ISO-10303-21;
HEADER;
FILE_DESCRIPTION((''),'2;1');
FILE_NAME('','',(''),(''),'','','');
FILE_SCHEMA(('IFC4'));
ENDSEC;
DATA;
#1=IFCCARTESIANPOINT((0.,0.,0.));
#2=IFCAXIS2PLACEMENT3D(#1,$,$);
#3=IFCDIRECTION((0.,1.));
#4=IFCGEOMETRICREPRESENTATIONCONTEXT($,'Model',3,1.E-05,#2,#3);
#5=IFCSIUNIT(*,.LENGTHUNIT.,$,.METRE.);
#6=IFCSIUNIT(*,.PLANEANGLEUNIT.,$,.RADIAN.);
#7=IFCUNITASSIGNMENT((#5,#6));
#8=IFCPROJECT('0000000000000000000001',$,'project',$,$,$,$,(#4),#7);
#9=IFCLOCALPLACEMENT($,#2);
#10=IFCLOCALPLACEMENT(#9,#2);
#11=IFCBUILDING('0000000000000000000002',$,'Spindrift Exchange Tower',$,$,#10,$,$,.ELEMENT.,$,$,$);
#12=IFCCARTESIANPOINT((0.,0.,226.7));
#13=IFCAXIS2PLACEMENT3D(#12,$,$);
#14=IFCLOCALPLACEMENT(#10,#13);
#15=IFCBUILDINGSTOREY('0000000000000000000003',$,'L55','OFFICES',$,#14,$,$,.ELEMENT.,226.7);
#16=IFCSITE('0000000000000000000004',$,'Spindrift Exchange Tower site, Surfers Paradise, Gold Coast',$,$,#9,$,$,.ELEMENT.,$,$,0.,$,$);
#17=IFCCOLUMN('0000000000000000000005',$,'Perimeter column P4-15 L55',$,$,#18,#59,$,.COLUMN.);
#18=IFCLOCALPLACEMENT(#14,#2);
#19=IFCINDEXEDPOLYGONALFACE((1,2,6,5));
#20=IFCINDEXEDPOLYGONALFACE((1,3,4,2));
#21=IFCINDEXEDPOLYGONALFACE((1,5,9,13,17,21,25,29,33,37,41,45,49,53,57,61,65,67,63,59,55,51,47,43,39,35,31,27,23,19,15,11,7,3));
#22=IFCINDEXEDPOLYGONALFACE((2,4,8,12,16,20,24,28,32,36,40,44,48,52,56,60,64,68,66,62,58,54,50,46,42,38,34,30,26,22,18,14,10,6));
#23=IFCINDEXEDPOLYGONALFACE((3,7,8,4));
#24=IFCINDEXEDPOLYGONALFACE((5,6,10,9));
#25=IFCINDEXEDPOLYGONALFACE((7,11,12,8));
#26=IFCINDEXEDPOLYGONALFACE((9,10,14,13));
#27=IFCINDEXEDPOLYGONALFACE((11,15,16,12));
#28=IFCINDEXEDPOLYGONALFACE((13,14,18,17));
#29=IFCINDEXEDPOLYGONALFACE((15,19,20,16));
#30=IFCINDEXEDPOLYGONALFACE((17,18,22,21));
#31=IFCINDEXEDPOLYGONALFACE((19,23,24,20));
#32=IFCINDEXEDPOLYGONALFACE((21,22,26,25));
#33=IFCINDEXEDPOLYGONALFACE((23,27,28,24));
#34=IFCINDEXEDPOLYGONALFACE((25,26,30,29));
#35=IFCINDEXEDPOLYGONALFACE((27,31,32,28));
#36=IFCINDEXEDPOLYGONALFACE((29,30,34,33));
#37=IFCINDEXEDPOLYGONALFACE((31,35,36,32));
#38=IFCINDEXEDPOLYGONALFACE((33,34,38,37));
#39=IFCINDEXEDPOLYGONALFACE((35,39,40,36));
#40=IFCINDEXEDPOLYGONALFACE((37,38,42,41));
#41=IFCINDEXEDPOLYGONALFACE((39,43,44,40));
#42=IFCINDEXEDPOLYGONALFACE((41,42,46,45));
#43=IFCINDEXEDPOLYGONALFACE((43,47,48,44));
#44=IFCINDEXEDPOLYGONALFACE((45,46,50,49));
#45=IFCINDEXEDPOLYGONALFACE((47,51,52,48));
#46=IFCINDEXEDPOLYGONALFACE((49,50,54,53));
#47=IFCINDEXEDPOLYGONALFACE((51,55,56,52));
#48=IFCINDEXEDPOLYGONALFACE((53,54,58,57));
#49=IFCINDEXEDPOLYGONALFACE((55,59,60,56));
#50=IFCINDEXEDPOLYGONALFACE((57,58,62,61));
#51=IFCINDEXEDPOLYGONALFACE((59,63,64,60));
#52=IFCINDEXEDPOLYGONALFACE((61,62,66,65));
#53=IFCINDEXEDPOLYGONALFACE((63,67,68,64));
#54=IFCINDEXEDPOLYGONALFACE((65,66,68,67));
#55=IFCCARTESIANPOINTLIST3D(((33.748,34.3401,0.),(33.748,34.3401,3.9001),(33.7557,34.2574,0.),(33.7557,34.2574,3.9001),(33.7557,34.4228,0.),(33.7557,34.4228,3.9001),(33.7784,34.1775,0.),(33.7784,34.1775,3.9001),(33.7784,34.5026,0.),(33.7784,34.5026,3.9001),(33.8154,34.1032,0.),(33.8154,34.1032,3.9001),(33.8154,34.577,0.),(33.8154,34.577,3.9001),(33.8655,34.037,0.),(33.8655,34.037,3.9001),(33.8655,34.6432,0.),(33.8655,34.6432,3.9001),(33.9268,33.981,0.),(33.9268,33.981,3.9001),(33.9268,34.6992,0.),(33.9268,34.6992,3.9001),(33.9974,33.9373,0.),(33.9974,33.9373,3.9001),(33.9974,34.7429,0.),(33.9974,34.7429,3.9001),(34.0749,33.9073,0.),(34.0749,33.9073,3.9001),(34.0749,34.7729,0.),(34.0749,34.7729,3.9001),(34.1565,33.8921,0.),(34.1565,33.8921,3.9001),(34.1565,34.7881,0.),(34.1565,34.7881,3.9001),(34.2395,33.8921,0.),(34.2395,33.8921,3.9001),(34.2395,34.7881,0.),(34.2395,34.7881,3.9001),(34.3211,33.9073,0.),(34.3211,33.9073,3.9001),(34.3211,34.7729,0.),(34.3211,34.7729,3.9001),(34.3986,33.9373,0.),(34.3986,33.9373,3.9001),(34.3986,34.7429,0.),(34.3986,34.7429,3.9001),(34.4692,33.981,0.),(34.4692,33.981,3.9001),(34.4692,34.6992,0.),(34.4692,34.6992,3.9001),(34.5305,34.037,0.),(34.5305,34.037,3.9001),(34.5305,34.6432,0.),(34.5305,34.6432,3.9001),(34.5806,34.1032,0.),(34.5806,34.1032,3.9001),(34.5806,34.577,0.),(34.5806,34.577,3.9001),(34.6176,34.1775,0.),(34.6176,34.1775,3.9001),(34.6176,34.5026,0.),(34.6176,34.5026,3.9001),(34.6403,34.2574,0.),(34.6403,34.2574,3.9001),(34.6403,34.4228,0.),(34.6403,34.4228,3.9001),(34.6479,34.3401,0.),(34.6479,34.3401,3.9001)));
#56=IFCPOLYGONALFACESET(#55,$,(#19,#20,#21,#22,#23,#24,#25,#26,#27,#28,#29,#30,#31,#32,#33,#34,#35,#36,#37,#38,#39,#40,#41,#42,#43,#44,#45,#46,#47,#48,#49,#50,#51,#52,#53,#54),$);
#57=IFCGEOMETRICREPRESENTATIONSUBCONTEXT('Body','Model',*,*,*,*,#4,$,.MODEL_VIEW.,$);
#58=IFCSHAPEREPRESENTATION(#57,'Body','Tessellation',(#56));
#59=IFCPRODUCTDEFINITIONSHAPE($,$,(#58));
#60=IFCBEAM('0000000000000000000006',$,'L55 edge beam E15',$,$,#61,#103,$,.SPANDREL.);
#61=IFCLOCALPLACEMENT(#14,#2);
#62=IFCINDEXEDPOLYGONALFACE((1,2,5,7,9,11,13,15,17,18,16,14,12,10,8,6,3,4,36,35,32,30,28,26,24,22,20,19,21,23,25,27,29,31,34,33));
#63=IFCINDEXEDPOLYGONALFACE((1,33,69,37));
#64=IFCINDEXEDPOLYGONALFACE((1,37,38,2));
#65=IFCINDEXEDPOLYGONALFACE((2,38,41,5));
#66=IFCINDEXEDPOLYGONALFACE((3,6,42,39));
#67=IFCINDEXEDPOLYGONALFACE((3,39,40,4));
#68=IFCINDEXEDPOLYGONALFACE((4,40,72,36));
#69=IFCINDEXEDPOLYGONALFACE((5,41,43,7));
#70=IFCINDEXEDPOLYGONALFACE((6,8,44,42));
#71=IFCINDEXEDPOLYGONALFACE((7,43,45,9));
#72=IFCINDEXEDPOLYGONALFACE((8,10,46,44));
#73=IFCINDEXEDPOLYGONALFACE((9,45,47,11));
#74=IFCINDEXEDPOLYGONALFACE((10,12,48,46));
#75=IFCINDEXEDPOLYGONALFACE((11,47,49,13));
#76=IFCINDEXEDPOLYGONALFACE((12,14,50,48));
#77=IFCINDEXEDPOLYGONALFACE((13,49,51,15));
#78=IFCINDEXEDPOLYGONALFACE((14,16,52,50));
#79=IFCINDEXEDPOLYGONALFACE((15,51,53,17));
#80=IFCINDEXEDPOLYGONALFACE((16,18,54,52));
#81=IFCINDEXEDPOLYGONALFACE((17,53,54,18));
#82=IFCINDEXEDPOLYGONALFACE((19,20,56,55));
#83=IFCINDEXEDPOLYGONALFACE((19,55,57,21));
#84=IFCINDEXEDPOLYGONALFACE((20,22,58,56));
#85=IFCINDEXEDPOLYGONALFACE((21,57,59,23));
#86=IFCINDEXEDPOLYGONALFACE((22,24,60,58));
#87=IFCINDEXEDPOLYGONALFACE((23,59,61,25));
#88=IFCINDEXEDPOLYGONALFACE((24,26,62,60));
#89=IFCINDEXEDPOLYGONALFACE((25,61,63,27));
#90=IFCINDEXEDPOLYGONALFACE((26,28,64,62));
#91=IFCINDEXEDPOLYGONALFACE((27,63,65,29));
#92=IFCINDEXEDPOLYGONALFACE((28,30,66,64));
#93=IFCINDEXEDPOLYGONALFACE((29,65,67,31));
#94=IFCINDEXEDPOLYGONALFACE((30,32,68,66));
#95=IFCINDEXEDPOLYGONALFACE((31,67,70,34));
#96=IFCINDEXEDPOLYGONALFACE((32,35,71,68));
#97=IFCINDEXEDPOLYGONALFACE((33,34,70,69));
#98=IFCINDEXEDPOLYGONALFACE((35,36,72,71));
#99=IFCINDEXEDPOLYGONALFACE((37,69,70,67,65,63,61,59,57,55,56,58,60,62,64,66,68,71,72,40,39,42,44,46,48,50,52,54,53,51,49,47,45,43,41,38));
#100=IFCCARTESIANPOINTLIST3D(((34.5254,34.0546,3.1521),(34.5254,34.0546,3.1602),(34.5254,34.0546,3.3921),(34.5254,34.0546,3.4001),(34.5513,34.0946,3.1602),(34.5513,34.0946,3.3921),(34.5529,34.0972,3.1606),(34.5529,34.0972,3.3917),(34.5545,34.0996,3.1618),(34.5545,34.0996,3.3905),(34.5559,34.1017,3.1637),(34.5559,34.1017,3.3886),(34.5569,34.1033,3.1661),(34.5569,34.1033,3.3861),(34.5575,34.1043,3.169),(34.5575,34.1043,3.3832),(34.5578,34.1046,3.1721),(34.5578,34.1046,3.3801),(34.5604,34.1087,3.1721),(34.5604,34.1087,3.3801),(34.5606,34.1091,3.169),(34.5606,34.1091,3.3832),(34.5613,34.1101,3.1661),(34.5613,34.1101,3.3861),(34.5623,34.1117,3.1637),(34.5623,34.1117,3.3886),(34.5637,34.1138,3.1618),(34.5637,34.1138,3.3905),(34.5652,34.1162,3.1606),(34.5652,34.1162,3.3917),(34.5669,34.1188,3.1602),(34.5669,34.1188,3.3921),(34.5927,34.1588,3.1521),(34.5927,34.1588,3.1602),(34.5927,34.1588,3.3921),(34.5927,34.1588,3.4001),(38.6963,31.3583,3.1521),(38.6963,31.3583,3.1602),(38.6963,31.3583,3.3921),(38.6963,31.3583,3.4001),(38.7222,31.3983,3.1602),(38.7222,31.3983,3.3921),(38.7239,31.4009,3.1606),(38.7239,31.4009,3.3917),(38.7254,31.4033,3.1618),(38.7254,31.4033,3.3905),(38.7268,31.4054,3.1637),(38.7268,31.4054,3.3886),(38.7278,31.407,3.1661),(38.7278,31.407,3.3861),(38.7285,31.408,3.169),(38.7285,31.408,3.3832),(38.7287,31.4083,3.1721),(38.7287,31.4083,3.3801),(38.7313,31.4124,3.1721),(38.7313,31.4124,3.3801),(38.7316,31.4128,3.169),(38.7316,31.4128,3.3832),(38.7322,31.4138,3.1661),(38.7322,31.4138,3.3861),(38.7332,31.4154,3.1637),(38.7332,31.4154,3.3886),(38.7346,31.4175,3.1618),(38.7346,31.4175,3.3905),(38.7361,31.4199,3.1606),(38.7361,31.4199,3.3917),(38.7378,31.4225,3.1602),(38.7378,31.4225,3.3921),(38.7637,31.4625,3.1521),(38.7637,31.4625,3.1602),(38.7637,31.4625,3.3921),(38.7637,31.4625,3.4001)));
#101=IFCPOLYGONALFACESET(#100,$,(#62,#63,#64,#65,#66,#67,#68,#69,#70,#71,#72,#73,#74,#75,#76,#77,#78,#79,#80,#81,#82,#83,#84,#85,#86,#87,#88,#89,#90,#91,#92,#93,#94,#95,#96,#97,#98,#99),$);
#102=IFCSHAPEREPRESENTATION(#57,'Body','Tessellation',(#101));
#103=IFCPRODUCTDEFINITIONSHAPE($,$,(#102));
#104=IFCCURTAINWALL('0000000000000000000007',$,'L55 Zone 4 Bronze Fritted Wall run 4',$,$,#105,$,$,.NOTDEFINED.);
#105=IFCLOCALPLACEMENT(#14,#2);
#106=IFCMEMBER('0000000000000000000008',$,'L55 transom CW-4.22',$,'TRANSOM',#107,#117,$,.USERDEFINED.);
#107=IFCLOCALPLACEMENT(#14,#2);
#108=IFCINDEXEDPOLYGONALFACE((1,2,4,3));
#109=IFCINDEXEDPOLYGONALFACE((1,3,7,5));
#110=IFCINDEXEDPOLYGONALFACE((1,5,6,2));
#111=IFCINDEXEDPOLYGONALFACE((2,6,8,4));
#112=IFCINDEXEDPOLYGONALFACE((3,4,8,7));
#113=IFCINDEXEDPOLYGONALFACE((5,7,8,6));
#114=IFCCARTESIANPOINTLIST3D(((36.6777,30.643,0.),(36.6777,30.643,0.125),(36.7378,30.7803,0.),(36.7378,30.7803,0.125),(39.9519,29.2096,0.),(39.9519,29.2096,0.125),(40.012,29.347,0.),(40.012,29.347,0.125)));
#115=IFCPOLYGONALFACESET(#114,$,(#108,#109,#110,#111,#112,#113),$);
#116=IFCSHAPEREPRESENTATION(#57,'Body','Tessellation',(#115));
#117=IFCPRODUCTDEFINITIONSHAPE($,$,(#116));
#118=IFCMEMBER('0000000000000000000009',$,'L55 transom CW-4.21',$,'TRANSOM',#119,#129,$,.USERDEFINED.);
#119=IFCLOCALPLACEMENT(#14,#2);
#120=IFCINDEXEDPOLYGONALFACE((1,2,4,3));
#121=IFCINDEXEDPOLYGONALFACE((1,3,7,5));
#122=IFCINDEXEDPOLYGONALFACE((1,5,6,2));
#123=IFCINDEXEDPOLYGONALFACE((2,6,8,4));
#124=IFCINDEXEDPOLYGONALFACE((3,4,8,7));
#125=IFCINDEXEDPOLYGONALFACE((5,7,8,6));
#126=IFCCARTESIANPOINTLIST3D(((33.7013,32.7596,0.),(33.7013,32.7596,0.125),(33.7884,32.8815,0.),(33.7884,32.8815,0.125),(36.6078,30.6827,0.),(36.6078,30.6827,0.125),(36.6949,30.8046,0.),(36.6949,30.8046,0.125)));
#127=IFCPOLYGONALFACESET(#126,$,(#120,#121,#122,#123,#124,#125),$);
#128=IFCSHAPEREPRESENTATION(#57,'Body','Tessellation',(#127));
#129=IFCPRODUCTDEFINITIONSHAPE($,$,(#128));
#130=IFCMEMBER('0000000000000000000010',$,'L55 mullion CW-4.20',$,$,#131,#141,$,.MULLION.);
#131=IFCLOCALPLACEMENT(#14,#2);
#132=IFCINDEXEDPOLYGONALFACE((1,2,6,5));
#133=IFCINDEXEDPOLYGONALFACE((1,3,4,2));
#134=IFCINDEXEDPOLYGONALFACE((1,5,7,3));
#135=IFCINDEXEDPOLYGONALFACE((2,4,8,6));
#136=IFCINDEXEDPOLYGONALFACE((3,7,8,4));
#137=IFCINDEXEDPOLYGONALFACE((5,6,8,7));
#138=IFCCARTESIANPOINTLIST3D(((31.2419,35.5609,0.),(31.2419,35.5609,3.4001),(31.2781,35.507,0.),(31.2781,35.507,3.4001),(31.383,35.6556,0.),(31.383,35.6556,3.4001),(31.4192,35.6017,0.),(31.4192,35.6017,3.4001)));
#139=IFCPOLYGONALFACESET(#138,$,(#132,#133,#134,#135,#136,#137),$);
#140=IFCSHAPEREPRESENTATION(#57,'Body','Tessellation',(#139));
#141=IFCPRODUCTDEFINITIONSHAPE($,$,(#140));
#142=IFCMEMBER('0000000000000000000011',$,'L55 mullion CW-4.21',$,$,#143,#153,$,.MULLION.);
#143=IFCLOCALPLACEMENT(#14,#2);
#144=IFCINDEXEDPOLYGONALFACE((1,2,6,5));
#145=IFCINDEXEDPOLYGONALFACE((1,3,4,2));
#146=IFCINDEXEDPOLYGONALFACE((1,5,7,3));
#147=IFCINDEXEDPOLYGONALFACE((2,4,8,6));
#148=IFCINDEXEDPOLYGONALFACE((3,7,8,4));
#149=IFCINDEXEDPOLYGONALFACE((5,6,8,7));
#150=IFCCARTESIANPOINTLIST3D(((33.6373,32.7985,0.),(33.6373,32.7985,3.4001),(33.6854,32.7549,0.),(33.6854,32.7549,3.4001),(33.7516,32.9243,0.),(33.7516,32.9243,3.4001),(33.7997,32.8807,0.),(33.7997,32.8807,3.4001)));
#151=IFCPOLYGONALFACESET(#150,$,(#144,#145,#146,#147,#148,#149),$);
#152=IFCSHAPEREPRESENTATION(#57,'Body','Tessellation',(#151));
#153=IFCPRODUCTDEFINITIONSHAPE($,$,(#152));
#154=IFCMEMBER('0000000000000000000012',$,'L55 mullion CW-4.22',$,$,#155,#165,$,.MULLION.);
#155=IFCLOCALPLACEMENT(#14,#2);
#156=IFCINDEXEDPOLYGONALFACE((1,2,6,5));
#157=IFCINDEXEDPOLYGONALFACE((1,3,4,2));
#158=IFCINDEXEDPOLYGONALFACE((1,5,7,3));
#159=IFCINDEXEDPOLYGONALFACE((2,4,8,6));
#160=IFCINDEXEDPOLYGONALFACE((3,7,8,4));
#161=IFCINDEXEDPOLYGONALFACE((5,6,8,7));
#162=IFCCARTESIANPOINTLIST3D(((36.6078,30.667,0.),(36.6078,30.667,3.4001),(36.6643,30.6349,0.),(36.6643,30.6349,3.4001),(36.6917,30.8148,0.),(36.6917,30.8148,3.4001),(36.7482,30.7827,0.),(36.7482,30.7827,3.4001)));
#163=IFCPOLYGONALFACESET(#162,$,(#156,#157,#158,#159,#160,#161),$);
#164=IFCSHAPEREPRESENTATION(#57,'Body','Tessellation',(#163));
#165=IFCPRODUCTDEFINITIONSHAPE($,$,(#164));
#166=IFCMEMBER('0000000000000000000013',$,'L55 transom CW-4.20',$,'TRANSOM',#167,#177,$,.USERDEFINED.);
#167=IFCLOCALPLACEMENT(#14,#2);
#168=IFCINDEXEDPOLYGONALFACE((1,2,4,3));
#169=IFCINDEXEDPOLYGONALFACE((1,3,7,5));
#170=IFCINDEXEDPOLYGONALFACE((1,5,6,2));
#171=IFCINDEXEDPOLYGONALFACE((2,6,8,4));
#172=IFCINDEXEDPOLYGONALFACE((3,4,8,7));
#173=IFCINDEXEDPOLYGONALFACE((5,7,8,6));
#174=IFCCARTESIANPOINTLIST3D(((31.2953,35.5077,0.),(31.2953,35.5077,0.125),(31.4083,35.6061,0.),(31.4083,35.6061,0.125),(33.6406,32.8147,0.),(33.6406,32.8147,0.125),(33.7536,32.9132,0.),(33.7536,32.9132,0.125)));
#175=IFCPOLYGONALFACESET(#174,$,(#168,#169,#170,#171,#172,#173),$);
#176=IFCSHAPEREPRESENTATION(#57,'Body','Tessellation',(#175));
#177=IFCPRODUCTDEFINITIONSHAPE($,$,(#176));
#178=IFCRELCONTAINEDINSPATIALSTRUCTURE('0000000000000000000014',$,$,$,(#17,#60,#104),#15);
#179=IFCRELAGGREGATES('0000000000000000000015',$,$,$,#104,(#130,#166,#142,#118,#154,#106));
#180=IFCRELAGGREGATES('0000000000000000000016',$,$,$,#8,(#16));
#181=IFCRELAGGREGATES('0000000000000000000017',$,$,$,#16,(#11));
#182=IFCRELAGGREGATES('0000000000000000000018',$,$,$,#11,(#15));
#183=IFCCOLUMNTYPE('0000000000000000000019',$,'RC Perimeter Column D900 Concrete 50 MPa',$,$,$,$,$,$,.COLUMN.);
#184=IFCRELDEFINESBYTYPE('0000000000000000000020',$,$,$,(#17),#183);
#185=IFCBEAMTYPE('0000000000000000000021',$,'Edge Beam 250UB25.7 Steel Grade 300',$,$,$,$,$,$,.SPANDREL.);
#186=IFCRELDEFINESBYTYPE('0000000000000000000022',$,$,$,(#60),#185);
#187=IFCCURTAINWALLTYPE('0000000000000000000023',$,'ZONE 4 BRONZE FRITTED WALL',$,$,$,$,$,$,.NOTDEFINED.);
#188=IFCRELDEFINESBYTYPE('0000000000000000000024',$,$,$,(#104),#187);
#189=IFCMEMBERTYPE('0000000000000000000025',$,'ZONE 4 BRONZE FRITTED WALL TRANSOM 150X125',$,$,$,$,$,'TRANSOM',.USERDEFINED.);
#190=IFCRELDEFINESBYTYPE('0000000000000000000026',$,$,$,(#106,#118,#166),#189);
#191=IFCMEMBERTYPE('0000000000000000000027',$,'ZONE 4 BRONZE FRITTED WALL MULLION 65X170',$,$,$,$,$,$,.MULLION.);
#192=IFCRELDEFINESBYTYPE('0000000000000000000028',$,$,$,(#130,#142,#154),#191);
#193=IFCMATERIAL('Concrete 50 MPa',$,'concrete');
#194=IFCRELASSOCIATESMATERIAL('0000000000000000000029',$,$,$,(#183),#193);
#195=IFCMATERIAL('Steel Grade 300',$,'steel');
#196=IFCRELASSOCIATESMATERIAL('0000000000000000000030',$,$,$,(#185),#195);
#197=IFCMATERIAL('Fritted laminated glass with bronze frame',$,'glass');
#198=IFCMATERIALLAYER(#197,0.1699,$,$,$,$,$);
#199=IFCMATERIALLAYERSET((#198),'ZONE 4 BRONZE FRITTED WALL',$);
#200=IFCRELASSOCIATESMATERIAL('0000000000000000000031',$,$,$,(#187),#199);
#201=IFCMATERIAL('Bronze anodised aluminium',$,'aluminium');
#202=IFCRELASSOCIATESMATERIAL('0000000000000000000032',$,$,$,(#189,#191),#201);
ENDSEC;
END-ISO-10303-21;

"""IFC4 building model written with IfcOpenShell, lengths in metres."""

from ifc_helpers import new_model, si_unit, direction, frame, origin, origin_2d, place, context, subcontext, project, spatial, rectangle, circle, i_section, extrude, source, transform, mapped, material, layer, layer_set, material_profile, profile_set, type_object, element, aggregate, save


model = new_model("IFC4")

# Units and contexts
model_context = context("Model", 3, precision=1e-05, world=origin(), true_north=direction((0.0, 1.0)))
body_context = subcontext(model_context, "Body", "Model", "MODEL_VIEW")
ifc_project = project(units=[si_unit("LENGTHUNIT", "METRE"), si_unit("PLANEANGLEUNIT", "RADIAN")], contexts=[model_context])

# Site, building, storey
site_placement = place(None, origin())
site = spatial("IfcSite", under=ifc_project, at=site_placement, Name="Spindrift Exchange Tower site, Surfers Paradise, Gold Coast", CompositionType="ELEMENT", RefElevation=0.0)
building_placement = place(site_placement, origin())
building = spatial("IfcBuilding", under=site, at=building_placement, Name="Spindrift Exchange Tower", CompositionType="ELEMENT")
storey_placement = place(building_placement, frame((0.0, 0.0, 226.7)))
storey = spatial("IfcBuildingStorey", under=building, at=storey_placement, Name="L55", Description="OFFICES", CompositionType="ELEMENT", Elevation=226.7)

# Column
ifc_material_1 = material(Name="Concrete 50 MPa", Category="concrete")
ifc_material_profile_1 = material_profile(ifc_material_1, circle(Radius=0.45, at=origin_2d()), Name="RC D900")
ifc_profile_set_1 = profile_set([ifc_material_profile_1], Name="Concrete 50 MPa")
column_type = type_object("IfcColumnType", Name="RC Perimeter Column D900 Concrete 50 MPa", PredefinedType="COLUMN", material=ifc_profile_set_1)
shared_shape_1 = source(origin(), body_context, "Body", "SweptSolid", [
    extrude(circle(Radius=0.45, at=origin_2d()), origin(), (0.0, 0.0, 1.0), 3.9001),
])
column_placement = place(storey_placement, frame((34.198, 34.3401, 0.0), z_axis=(0.0, 0.0, 1.0), x_axis=(1.0, 0.0, 0.0)))
element("IfcColumn", 1, at=column_placement, inside=storey, type_object=column_type, Name="Perimeter column P4-15 L55", PredefinedType="COLUMN", context=body_context, shape_type="MappedRepresentation", body=[
    mapped(shared_shape_1, transform((0.0, 0.0, 0.0), scale=1.0)),
])

# Beam
ifc_material_2 = material(Name="Steel Grade 300", Category="steel")
ifc_material_profile_2 = material_profile(ifc_material_2, i_section(OverallWidth=0.124, OverallDepth=0.248, WebThickness=0.0049, FlangeThickness=0.0081, FilletRadius=0.012, at=origin_2d()), Name="250UB25.7")
ifc_profile_set_2 = profile_set([ifc_material_profile_2], Name="Steel Grade 300")
beam_type = type_object("IfcBeamType", Name="Edge Beam 250UB25.7 Steel Grade 300", PredefinedType="SPANDREL", material=ifc_profile_set_2)
shared_shape_2 = source(origin(), body_context, "Body", "SweptSolid", [
    extrude(i_section(OverallWidth=0.124, OverallDepth=0.248, WebThickness=0.0049, FlangeThickness=0.0081, FilletRadius=0.012, at=origin_2d()), origin(), (0.0, 0.0, 1.0), 4.9666),
])
beam_placement = place(storey_placement, frame((34.5591, 34.1067, 3.2761), z_axis=(0.839802, -0.542893, 0.0), x_axis=(0.542893, 0.839802, 0.0)))
element("IfcBeam", 2, at=beam_placement, inside=storey, type_object=beam_type, Name="L55 edge beam E15", PredefinedType="SPANDREL", context=body_context, shape_type="MappedRepresentation", body=[
    mapped(shared_shape_2, transform((0.0, 0.0, 0.0), scale=1.0)),
])

# Curtain wall, members
ifc_material_3 = material(Name="Fritted laminated glass with bronze frame", Category="glass")
ifc_layer_1 = layer(ifc_material_3, 0.1699)
ifc_layer_set_1 = layer_set([ifc_layer_1], Name="ZONE 4 BRONZE FRITTED WALL")
curtain_wall_type = type_object("IfcCurtainWallType", Name="ZONE 4 BRONZE FRITTED WALL", PredefinedType="NOTDEFINED", material=ifc_layer_set_1)
curtain_wall_placement = place(storey_placement, origin())
curtain_wall = element("IfcCurtainWall", 3, at=curtain_wall_placement, inside=storey, type_object=curtain_wall_type, Name="L55 Zone 4 Bronze Fritted Wall run 4", PredefinedType="NOTDEFINED")
ifc_material_4 = material(Name="Bronze anodised aluminium", Category="aluminium")
ifc_material_profile_3 = material_profile(ifc_material_4, rectangle(XDim=0.1499, YDim=0.125, at=origin_2d()), Name="ZONE 4 BRONZE FRITTED WALL TRANSOM 150X125")
ifc_profile_set_3 = profile_set([ifc_material_profile_3], Name="Bronze anodised aluminium")
member_type_1 = type_object("IfcMemberType", Name="ZONE 4 BRONZE FRITTED WALL TRANSOM 150X125", ElementType="TRANSOM", PredefinedType="USERDEFINED", material=ifc_profile_set_3)
shared_shape_3 = source(origin(), body_context, "Body", "SweptSolid", [
    extrude(rectangle(XDim=0.1499, YDim=0.125, at=origin_2d()), origin(), (0.0, 0.0, 1.0), 3.5742),
])
member_1_placement = place(storey_placement, frame((36.7078, 30.7117, 0.0625), z_axis=(0.916065, -0.40103, 0.0), x_axis=(0.40103, 0.916065, 0.0)))
member_1 = element("IfcMember", 4, at=member_1_placement, type_object=member_type_1, Name="L55 transom CW-4.22", ObjectType="TRANSOM", PredefinedType="USERDEFINED", context=body_context, shape_type="MappedRepresentation", body=[
    mapped(shared_shape_3, transform((0.0, 0.0, 0.0), scale=1.0)),
])
shared_shape_4 = source(origin(), body_context, "Body", "SweptSolid", [
    extrude(rectangle(XDim=0.1499, YDim=0.125, at=origin_2d()), origin(), (0.0, 0.0, 1.0), 3.5723),
])
member_2_placement = place(storey_placement, frame((33.7449, 32.8206, 0.0625), z_axis=(0.813623, -0.581393, 0.0), x_axis=(0.581393, 0.813623, 0.0)))
member_2 = element("IfcMember", 5, at=member_2_placement, type_object=member_type_1, Name="L55 transom CW-4.21", ObjectType="TRANSOM", PredefinedType="USERDEFINED", context=body_context, shape_type="MappedRepresentation", body=[
    mapped(shared_shape_4, transform((0.0, 0.0, 0.0), scale=1.0)),
])
ifc_material_profile_4 = material_profile(ifc_material_4, rectangle(XDim=0.0649, YDim=0.1699, at=origin_2d()), Name="ZONE 4 BRONZE FRITTED WALL MULLION 65X170")
ifc_profile_set_4 = profile_set([ifc_material_profile_4], Name="Bronze anodised aluminium")
member_type_2 = type_object("IfcMemberType", Name="ZONE 4 BRONZE FRITTED WALL MULLION 65X170", PredefinedType="MULLION", material=ifc_profile_set_4)
shared_shape_5 = source(origin(), body_context, "Body", "SweptSolid", [
    extrude(rectangle(XDim=0.0649, YDim=0.1699, at=origin_2d()), origin(), (0.0, 0.0, 1.0), 3.4001),
])
member_3_placement = place(storey_placement, frame((31.3306, 35.5813, 0.0), z_axis=(0.0, 0.0, 1.0), x_axis=(0.557226, -0.830361, 0.0)))
member_3 = element("IfcMember", 6, at=member_3_placement, type_object=member_type_2, Name="L55 mullion CW-4.20", PredefinedType="MULLION", context=body_context, shape_type="MappedRepresentation", body=[
    mapped(shared_shape_5, transform((0.0, 0.0, 0.0), scale=1.0)),
])
member_4_placement = place(storey_placement, frame((33.7185, 32.8396, 0.0), z_axis=(0.0, 0.0, 1.0), x_axis=(0.740252, -0.672329, 0.0)))
member_4 = element("IfcMember", 7, at=member_4_placement, type_object=member_type_2, Name="L55 mullion CW-4.21", PredefinedType="MULLION", context=body_context, shape_type="MappedRepresentation", body=[
    mapped(shared_shape_5, transform((0.0, 0.0, 0.0), scale=1.0)),
])
member_5_placement = place(storey_placement, frame((36.678, 30.7249, 0.0), z_axis=(0.0, 0.0, 1.0), x_axis=(0.869532, -0.493877, 0.0)))
member_5 = element("IfcMember", 8, at=member_5_placement, type_object=member_type_2, Name="L55 mullion CW-4.22", PredefinedType="MULLION", context=body_context, shape_type="MappedRepresentation", body=[
    mapped(shared_shape_5, transform((0.0, 0.0, 0.0), scale=1.0)),
])
shared_shape_6 = source(origin(), body_context, "Body", "SweptSolid", [
    extrude(rectangle(XDim=0.1499, YDim=0.125, at=origin_2d()), origin(), (0.0, 0.0, 1.0), 3.571),
])
member_6_placement = place(storey_placement, frame((31.3518, 35.5569, 0.0625), z_axis=(0.656751, -0.754108, 0.0), x_axis=(0.754108, 0.656751, 0.0)))
member_6 = element("IfcMember", 9, at=member_6_placement, type_object=member_type_1, Name="L55 transom CW-4.20", ObjectType="TRANSOM", PredefinedType="USERDEFINED", context=body_context, shape_type="MappedRepresentation", body=[
    mapped(shared_shape_6, transform((0.0, 0.0, 0.0), scale=1.0)),
])

aggregate(curtain_wall, [member_3, member_6, member_4, member_2, member_5, member_1])

save(model, "model.ifc")
